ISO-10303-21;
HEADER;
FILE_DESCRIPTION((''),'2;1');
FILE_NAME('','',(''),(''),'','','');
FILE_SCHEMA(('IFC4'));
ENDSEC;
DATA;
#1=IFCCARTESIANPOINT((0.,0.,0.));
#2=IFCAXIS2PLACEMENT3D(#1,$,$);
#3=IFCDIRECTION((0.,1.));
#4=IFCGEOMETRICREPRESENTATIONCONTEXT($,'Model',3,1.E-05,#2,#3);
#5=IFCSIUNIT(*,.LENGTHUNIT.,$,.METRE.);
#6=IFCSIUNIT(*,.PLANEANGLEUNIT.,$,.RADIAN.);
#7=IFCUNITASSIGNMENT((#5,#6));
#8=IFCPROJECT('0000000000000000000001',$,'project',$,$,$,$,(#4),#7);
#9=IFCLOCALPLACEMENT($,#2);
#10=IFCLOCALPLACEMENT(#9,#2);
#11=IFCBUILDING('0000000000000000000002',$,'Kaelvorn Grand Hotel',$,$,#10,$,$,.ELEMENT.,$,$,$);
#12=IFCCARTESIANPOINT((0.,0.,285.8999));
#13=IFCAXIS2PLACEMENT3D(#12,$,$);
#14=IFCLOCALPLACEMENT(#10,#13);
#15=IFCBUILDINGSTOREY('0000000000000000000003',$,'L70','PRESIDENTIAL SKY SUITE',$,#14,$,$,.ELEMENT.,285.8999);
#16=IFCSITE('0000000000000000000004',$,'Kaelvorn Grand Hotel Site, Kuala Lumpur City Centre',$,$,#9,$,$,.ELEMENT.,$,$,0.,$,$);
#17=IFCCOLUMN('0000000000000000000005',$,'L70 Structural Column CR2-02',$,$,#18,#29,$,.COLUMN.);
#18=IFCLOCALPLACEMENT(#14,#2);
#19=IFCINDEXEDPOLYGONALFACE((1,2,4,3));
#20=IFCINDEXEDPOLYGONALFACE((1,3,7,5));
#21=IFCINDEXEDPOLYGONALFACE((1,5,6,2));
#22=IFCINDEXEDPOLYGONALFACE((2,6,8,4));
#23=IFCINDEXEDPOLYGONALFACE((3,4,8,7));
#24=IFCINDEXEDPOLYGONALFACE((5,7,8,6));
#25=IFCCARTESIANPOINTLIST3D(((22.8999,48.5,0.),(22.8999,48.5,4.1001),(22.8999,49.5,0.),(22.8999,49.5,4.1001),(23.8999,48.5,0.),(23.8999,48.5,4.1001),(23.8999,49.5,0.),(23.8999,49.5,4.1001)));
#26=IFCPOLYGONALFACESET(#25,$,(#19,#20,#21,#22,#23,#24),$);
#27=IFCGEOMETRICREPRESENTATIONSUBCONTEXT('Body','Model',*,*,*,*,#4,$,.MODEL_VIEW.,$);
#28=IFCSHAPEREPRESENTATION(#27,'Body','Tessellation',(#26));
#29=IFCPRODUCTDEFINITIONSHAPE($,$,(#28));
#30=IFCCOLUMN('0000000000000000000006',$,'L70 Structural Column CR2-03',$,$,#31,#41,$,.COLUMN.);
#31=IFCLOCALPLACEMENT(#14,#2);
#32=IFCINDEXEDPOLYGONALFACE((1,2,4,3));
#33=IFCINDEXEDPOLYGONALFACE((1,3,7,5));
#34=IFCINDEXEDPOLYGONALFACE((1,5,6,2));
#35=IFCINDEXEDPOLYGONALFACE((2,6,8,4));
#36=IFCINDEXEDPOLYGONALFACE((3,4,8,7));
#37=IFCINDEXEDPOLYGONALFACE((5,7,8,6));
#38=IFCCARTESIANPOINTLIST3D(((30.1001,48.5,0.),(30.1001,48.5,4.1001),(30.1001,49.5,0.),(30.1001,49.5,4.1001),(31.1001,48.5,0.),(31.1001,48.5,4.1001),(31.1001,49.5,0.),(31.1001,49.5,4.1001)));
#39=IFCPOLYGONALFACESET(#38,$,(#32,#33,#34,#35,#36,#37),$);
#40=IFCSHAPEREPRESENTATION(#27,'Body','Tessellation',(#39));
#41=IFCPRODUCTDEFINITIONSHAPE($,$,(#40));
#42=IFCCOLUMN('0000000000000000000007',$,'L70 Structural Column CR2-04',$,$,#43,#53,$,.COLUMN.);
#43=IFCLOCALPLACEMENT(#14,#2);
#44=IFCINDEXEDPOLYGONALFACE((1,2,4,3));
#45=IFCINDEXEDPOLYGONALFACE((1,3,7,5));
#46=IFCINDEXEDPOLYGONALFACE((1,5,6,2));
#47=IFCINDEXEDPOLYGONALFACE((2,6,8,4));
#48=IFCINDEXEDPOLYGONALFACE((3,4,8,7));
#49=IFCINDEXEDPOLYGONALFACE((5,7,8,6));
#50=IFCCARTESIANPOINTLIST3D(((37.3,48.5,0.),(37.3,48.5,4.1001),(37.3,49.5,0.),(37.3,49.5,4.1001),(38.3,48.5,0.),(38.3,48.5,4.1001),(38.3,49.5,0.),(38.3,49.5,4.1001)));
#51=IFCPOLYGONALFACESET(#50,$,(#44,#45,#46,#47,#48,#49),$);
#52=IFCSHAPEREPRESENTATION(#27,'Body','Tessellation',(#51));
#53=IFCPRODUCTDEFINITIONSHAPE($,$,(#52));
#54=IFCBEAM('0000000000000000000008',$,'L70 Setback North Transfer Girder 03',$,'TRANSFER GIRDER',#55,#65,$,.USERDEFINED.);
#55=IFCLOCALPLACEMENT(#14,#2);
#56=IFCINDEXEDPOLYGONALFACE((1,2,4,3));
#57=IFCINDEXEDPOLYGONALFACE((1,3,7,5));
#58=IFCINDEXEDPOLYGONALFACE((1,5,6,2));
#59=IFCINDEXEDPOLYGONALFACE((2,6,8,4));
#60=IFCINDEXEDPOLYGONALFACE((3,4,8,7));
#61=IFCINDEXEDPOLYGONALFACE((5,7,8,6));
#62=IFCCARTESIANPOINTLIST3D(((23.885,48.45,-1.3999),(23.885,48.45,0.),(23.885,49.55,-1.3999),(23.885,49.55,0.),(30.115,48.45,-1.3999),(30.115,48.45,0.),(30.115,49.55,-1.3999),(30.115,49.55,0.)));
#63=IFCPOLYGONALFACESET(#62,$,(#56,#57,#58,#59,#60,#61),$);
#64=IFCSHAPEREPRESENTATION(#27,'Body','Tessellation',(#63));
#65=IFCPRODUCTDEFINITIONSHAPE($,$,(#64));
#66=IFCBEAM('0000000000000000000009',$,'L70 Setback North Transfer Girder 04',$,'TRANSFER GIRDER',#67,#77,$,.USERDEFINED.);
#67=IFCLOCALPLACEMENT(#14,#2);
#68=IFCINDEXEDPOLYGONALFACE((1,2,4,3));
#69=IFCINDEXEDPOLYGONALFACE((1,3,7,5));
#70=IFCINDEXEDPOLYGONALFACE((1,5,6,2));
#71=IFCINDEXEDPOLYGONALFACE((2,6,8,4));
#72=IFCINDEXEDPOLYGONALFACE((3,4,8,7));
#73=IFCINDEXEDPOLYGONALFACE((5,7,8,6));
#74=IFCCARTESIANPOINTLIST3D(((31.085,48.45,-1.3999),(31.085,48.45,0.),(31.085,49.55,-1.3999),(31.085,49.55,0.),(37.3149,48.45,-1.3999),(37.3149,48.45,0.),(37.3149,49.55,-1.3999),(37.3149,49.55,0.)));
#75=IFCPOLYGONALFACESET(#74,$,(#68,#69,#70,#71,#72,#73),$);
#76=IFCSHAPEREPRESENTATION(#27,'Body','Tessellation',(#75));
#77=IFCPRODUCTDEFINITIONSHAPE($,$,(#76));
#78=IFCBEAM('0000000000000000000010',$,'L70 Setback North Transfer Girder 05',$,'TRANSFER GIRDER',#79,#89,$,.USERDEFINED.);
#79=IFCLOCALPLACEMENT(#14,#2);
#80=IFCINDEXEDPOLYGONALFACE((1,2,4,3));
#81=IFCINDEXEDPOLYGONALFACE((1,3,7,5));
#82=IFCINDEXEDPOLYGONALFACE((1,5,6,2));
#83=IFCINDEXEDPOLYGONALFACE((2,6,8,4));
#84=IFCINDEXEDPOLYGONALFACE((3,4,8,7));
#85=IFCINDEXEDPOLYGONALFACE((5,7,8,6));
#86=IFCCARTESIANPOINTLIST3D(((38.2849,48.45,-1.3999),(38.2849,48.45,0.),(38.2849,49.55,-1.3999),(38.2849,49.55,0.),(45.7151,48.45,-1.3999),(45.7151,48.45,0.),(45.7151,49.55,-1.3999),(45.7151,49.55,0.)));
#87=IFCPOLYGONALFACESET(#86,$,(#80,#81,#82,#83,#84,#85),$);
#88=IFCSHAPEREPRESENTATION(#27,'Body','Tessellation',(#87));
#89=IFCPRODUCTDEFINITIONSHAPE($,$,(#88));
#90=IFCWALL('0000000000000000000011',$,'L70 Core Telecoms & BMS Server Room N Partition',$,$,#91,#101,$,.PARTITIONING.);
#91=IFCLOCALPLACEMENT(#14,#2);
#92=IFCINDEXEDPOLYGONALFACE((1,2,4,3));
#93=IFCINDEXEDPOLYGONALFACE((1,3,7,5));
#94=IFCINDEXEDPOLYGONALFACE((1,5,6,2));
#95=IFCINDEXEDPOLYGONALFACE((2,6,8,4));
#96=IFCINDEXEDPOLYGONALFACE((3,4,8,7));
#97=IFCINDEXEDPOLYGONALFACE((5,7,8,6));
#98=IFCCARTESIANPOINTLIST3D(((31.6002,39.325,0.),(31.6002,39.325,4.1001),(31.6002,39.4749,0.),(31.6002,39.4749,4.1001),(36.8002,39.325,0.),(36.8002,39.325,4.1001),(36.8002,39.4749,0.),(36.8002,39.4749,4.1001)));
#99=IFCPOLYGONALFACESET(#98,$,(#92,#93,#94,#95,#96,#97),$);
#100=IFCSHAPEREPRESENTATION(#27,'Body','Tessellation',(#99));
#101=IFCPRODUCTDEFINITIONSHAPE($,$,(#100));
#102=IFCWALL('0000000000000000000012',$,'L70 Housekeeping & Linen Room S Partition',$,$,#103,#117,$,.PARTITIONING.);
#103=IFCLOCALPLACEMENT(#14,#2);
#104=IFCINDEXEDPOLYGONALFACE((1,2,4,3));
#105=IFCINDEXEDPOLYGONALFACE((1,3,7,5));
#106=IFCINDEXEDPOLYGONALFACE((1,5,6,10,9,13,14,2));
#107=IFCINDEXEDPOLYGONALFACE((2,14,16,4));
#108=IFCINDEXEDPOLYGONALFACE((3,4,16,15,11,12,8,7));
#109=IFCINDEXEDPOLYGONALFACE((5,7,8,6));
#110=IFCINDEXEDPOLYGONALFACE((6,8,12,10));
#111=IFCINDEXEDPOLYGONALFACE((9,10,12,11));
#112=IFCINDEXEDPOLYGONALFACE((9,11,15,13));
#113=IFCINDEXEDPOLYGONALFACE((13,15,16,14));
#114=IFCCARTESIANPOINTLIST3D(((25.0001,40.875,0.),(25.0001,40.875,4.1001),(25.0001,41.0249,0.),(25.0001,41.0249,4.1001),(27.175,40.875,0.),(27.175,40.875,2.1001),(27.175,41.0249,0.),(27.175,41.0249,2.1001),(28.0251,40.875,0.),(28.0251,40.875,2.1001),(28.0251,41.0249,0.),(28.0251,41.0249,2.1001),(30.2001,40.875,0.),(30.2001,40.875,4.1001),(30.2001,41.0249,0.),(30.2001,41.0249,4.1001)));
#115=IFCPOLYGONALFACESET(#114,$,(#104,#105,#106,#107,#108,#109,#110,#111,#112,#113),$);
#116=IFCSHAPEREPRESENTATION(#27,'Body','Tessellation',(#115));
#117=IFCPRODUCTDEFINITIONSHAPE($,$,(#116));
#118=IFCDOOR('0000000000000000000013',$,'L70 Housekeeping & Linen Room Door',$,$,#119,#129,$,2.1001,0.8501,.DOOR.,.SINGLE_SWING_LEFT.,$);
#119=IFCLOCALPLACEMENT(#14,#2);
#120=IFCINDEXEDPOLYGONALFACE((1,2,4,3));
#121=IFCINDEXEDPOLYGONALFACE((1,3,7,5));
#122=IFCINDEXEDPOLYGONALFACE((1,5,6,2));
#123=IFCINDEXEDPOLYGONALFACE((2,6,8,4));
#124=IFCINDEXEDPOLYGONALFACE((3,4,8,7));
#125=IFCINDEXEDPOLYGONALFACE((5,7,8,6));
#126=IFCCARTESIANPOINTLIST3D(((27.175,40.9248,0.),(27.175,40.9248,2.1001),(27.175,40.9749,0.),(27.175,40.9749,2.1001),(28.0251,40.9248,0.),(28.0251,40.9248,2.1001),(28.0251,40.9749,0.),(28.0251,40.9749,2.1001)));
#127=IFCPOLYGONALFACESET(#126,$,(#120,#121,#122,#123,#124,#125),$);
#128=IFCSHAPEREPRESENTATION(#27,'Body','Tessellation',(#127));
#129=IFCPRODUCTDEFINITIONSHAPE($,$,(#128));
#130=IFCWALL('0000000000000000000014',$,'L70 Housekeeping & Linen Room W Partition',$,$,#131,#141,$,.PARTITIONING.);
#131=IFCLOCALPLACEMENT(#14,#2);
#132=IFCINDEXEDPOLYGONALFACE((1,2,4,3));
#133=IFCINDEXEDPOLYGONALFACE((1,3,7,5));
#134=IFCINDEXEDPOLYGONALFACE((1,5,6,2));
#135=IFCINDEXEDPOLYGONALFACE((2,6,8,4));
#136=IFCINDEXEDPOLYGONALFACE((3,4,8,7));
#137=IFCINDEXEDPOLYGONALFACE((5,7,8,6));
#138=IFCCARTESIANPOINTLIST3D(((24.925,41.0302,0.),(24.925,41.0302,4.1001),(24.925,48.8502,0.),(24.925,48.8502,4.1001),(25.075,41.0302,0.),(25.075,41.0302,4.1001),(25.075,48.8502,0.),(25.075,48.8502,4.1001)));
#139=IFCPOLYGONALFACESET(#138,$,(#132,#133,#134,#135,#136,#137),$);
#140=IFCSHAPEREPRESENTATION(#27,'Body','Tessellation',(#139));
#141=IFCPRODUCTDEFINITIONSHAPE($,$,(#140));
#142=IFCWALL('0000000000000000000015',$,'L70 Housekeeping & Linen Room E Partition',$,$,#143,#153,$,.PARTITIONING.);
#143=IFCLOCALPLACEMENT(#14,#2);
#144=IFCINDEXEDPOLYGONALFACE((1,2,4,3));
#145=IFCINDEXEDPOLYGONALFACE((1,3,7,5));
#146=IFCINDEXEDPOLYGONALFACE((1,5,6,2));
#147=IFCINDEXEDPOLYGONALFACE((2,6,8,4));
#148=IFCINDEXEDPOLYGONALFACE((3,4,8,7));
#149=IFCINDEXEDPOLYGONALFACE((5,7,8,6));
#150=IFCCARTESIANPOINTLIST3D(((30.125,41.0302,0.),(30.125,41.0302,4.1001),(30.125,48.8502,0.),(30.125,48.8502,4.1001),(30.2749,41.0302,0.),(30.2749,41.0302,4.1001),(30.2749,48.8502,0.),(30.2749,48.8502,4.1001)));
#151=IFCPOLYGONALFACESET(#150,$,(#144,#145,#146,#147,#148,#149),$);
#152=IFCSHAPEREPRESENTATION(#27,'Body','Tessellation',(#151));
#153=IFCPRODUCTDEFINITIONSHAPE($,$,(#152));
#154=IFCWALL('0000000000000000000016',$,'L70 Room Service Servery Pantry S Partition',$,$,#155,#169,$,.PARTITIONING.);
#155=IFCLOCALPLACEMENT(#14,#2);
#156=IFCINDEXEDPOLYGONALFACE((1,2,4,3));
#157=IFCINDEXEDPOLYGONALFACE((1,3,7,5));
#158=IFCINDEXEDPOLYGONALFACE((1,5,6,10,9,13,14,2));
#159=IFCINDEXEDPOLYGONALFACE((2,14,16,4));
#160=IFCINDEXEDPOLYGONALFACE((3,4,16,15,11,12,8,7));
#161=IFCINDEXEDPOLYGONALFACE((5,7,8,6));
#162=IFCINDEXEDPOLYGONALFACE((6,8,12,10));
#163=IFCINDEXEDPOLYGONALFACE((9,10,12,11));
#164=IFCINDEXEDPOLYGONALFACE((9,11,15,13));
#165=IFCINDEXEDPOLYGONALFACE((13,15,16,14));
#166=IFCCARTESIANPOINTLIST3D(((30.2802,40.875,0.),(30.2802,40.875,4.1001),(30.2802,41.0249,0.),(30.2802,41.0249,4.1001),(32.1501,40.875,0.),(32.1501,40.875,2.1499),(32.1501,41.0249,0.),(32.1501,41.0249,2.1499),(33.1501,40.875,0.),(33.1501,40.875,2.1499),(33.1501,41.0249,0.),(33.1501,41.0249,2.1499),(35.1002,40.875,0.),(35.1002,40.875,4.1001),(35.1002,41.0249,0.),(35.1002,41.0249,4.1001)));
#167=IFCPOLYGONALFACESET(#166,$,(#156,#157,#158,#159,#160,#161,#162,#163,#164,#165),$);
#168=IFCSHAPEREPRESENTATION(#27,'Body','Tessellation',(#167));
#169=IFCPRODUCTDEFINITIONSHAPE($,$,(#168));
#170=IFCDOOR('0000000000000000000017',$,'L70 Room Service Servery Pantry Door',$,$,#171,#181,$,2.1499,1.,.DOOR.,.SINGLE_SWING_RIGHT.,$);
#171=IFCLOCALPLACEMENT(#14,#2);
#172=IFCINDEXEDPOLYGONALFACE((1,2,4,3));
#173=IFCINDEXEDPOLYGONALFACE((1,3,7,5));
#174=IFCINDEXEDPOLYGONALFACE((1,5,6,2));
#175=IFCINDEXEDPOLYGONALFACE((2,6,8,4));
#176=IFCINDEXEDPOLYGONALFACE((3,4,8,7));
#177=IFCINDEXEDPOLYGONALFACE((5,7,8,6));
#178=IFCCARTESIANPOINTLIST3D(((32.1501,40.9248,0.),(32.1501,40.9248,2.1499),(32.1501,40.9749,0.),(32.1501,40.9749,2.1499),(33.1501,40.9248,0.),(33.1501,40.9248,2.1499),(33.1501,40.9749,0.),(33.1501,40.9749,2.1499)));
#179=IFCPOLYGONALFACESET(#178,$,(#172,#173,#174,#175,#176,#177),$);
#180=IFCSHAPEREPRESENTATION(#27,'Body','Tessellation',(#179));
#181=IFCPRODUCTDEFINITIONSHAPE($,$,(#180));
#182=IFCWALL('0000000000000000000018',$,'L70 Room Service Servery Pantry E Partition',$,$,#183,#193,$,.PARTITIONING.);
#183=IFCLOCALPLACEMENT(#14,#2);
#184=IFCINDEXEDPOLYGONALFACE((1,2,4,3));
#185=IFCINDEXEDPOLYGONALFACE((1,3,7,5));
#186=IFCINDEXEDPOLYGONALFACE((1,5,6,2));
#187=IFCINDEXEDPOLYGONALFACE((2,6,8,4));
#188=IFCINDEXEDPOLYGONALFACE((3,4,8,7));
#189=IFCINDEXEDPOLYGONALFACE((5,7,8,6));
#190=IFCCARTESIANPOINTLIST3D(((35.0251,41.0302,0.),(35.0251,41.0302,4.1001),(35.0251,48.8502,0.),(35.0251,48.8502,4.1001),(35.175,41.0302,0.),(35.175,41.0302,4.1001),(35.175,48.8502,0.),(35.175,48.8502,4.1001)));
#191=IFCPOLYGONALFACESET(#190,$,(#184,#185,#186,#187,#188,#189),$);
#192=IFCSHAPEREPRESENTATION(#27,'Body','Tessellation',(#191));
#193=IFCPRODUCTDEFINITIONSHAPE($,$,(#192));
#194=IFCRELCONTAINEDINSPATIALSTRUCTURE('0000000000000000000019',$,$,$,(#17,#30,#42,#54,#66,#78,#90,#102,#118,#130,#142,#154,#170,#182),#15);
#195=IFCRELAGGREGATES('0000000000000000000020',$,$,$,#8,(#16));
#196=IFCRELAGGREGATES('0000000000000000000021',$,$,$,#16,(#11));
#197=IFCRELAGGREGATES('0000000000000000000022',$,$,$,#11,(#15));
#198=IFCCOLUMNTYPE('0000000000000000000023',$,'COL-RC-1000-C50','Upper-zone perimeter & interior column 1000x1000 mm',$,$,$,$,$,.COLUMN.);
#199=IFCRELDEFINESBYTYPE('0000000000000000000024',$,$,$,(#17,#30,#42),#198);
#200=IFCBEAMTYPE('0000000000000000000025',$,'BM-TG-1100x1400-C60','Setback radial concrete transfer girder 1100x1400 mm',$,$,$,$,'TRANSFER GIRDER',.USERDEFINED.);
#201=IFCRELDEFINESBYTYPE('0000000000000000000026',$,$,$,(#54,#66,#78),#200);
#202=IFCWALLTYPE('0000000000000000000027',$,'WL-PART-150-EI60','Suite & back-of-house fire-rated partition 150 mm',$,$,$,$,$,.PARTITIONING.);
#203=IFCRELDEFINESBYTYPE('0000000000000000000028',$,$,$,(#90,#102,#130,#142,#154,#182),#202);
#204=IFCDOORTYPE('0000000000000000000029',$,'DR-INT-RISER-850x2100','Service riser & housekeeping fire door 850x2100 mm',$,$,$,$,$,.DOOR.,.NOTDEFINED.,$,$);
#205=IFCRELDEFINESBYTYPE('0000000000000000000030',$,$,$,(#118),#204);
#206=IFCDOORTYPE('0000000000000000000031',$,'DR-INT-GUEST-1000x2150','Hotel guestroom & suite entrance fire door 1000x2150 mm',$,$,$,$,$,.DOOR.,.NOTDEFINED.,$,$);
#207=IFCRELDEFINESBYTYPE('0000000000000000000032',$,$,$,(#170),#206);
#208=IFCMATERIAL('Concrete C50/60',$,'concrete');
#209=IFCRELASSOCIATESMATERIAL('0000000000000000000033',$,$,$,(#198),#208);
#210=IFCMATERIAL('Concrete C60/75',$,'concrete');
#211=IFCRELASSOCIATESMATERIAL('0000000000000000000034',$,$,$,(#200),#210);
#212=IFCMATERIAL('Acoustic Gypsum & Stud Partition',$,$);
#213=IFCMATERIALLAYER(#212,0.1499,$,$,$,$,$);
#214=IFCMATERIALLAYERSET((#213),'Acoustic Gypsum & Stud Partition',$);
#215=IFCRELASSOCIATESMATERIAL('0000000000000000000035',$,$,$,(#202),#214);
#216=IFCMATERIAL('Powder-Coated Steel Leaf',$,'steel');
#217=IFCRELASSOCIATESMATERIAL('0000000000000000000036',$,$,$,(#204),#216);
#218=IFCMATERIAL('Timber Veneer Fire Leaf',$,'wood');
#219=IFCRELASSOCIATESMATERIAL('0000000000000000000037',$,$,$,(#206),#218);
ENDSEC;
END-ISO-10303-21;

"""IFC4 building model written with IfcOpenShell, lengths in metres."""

from ifc_helpers import new_model, si_unit, direction, frame, frame_2d, origin, origin_2d, place, context, subcontext, project, spatial, rectangle, extrude, material, layer, layer_set, material_profile, profile_set, type_object, element, fill, save


model = new_model("IFC4")

# Units and contexts
model_context = context("Model", 3, precision=1e-05, world=origin(), true_north=direction((0.0, 1.0)))
body_context = subcontext(model_context, "Body", "Model", "MODEL_VIEW")
ifc_project = project(units=[si_unit("LENGTHUNIT", "METRE"), si_unit("PLANEANGLEUNIT", "RADIAN")], contexts=[model_context])

# Site, building, storey
site_placement = place(None, origin())
site = spatial("IfcSite", under=ifc_project, at=site_placement, Name="Kaelvorn Grand Hotel Site, Kuala Lumpur City Centre", CompositionType="ELEMENT", RefElevation=0.0)
building_placement = place(site_placement, origin())
building = spatial("IfcBuilding", under=site, at=building_placement, Name="Kaelvorn Grand Hotel", CompositionType="ELEMENT")
storey_placement = place(building_placement, frame((0.0, 0.0, 285.8999)))
storey = spatial("IfcBuildingStorey", under=building, at=storey_placement, Name="L70", Description="PRESIDENTIAL SKY SUITE", CompositionType="ELEMENT", Elevation=285.8999)

# Columns
ifc_material_1 = material(Name="Concrete C50/60", Category="concrete")
ifc_material_profile_1 = material_profile(ifc_material_1, rectangle(XDim=1.0, YDim=1.0, at=origin_2d()), Name="RC COL 1000x1000")
ifc_profile_set_1 = profile_set([ifc_material_profile_1], Name="Concrete C50/60")
column_type = type_object("IfcColumnType", Name="COL-RC-1000-C50", Description="Upper-zone perimeter & interior column 1000x1000 mm", PredefinedType="COLUMN", material=ifc_profile_set_1)
for number, where, z_axis, x_axis, name in (
    (1, (23.3999, 49.0, 0.0), (0.0, 0.0, 1.0), (1.0, 0.0, 0.0), "L70 Structural Column CR2-02"),
    (2, (30.6001, 49.0, 0.0), (0.0, 0.0, 1.0), (1.0, 0.0, 0.0), "L70 Structural Column CR2-03"),
    (3, (37.8, 49.0, 0.0), (0.0, 0.0, 1.0), (1.0, 0.0, 0.0), "L70 Structural Column CR2-04"),
):
    element("IfcColumn", number, at=place(storey_placement, frame(where, z_axis=z_axis, x_axis=x_axis)), inside=storey, type_object=column_type, Name=name, PredefinedType="COLUMN", context=body_context, shape_type="SweptSolid", body=[
        extrude(rectangle(XDim=1.0, YDim=1.0, at=origin_2d()), origin(), (0.0, 0.0, 1.0), 4.1001),
    ])

# Beams
ifc_material_2 = material(Name="Concrete C60/75", Category="concrete")
ifc_material_profile_2 = material_profile(ifc_material_2, rectangle(XDim=1.1001, YDim=1.3999, at=origin_2d()), Name="RC TG 1100x1400")
ifc_profile_set_2 = profile_set([ifc_material_profile_2], Name="Concrete C60/75")
beam_type = type_object("IfcBeamType", Name="BM-TG-1100x1400-C60", Description="Setback radial concrete transfer girder 1100x1400 mm", ElementType="TRANSFER GIRDER", PredefinedType="USERDEFINED", material=ifc_profile_set_2)
for number, where, z_axis, x_axis, name in (
    (4, (23.885, 49.0, -0.7), (1.0, 0.0, 0.0), (0.0, 1.0, 0.0), "L70 Setback North Transfer Girder 03"),
    (5, (31.085, 49.0, -0.7), (1.0, 0.0, 0.0), (0.0, 1.0, 0.0), "L70 Setback North Transfer Girder 04"),
):
    element("IfcBeam", number, at=place(storey_placement, frame(where, z_axis=z_axis, x_axis=x_axis)), inside=storey, type_object=beam_type, Name=name, ObjectType="TRANSFER GIRDER", PredefinedType="USERDEFINED", context=body_context, shape_type="SweptSolid", body=[
        extrude(rectangle(XDim=1.1001, YDim=1.3999, at=origin_2d()), origin(), (0.0, 0.0, 1.0), 6.23),
    ])
beam_placement = place(storey_placement, frame((38.2849, 49.0, -0.7), z_axis=(1.0, 0.0, 0.0), x_axis=(0.0, 1.0, 0.0)))
element("IfcBeam", 6, at=beam_placement, inside=storey, type_object=beam_type, Name="L70 Setback North Transfer Girder 05", ObjectType="TRANSFER GIRDER", PredefinedType="USERDEFINED", context=body_context, shape_type="SweptSolid", body=[
    extrude(rectangle(XDim=1.1001, YDim=1.3999, at=origin_2d()), origin(), (0.0, 0.0, 1.0), 7.4302),
])

# Wall
ifc_material_3 = material(Name="Acoustic Gypsum & Stud Partition")
ifc_layer_1 = layer(ifc_material_3, 0.1499)
ifc_layer_set_1 = layer_set([ifc_layer_1], Name="Acoustic Gypsum & Stud Partition")
wall_type_1 = type_object("IfcWallType", Name="WL-PART-150-EI60", Description="Suite & back-of-house fire-rated partition 150 mm", PredefinedType="PARTITIONING", material=ifc_layer_set_1)
wall_1_placement = place(storey_placement, frame((31.6001, 39.3999, 0.0), z_axis=(0.0, 0.0, 1.0), x_axis=(1.0, 0.0, 0.0)))
element("IfcWall", 7, at=wall_1_placement, inside=storey, type_object=wall_type_1, Name="L70 Core Telecoms & BMS Server Room N Partition", PredefinedType="PARTITIONING", context=body_context, shape_type="SweptSolid", body=[
    extrude(rectangle(XDim=5.2, YDim=0.1499, at=frame_2d((2.6001, 0.0))), origin(), (0.0, 0.0, 1.0), 4.1001),
])

# Wall, opening, door
wall_2_placement = place(storey_placement, frame((25.0, 40.95, 0.0), z_axis=(0.0, 0.0, 1.0), x_axis=(1.0, 0.0, 0.0)))
wall_2 = element("IfcWall", 8, at=wall_2_placement, inside=storey, type_object=wall_type_1, Name="L70 Housekeeping & Linen Room S Partition", PredefinedType="PARTITIONING", context=body_context, shape_type="SweptSolid", body=[
    extrude(rectangle(XDim=5.2, YDim=0.1499, at=frame_2d((2.6001, 0.0))), origin(), (0.0, 0.0, 1.0), 4.1001),
])
opening_1_placement = place(wall_2_placement, frame((2.175, 0.0, 0.0)))
opening_1 = element("IfcOpeningElement", 9, at=opening_1_placement, cuts=wall_2, PredefinedType="OPENING", context=body_context, shape_type="SweptSolid", body=[
    extrude(rectangle(XDim=0.8501, YDim=2.1001, at=frame_2d((0.425, 1.05))), frame((0.0, 0.085, 0.0), z_axis=(0.0, -1.0, 0.0), x_axis=(1.0, 0.0, 0.0)), (0.0, 0.0, 1.0), 0.1699),
])
ifc_material_4 = material(Name="Powder-Coated Steel Leaf", Category="steel")
door_type_1 = type_object("IfcDoorType", Name="DR-INT-RISER-850x2100", Description="Service riser & housekeeping fire door 850x2100 mm", OperationType="NOTDEFINED", PredefinedType="DOOR", material=ifc_material_4)
door_1_placement = place(opening_1_placement, origin())
door_1 = element("IfcDoor", 10, at=door_1_placement, inside=storey, type_object=door_type_1, Name="L70 Housekeeping & Linen Room Door", OperationType="SINGLE_SWING_LEFT", OverallHeight=2.1001, OverallWidth=0.8501, PredefinedType="DOOR", context=body_context, shape_type="SweptSolid", body=[
    extrude(rectangle(XDim=0.8501, YDim=2.1001, at=frame_2d((0.425, 1.05))), frame((0.0, 0.0249, 0.0), z_axis=(0.0, -1.0, 0.0), x_axis=(1.0, 0.0, 0.0)), (0.0, 0.0, 1.0), 0.05),
])
fill(opening_1, door_1)

# Walls
for number, where, z_axis, x_axis, name in (
    (11, (25.0, 41.03, 0.0), (0.0, 0.0, 1.0), (0.0, 1.0, 0.0), "L70 Housekeeping & Linen Room W Partition"),
    (12, (30.2, 41.03, 0.0), (0.0, 0.0, 1.0), (0.0, 1.0, 0.0), "L70 Housekeeping & Linen Room E Partition"),
):
    element("IfcWall", number, at=place(storey_placement, frame(where, z_axis=z_axis, x_axis=x_axis)), inside=storey, type_object=wall_type_1, Name=name, PredefinedType="PARTITIONING", context=body_context, shape_type="SweptSolid", body=[
        extrude(rectangle(XDim=7.8201, YDim=0.1499, at=frame_2d((3.9102, 0.0))), origin(), (0.0, 0.0, 1.0), 4.1001),
    ])

# Wall, opening, door
wall_3_placement = place(storey_placement, frame((30.28, 40.95, 0.0), z_axis=(0.0, 0.0, 1.0), x_axis=(1.0, 0.0, 0.0)))
wall_3 = element("IfcWall", 13, at=wall_3_placement, inside=storey, type_object=wall_type_1, Name="L70 Room Service Servery Pantry S Partition", PredefinedType="PARTITIONING", context=body_context, shape_type="SweptSolid", body=[
    extrude(rectangle(XDim=4.8201, YDim=0.1499, at=frame_2d((2.4102, 0.0))), origin(), (0.0, 0.0, 1.0), 4.1001),
])
opening_2_placement = place(wall_3_placement, frame((1.8701, 0.0, 0.0)))
opening_2 = element("IfcOpeningElement", 14, at=opening_2_placement, cuts=wall_3, PredefinedType="OPENING", context=body_context, shape_type="SweptSolid", body=[
    extrude(rectangle(XDim=1.0, YDim=2.1499, at=frame_2d((0.5, 1.075))), frame((0.0, 0.085, 0.0), z_axis=(0.0, -1.0, 0.0), x_axis=(1.0, 0.0, 0.0)), (0.0, 0.0, 1.0), 0.1699),
])
ifc_material_5 = material(Name="Timber Veneer Fire Leaf", Category="wood")
door_type_2 = type_object("IfcDoorType", Name="DR-INT-GUEST-1000x2150", Description="Hotel guestroom & suite entrance fire door 1000x2150 mm", OperationType="NOTDEFINED", PredefinedType="DOOR", material=ifc_material_5)
door_2_placement = place(opening_2_placement, origin())
door_2 = element("IfcDoor", 15, at=door_2_placement, inside=storey, type_object=door_type_2, Name="L70 Room Service Servery Pantry Door", OperationType="SINGLE_SWING_RIGHT", OverallHeight=2.1499, OverallWidth=1.0, PredefinedType="DOOR", context=body_context, shape_type="SweptSolid", body=[
    extrude(rectangle(XDim=1.0, YDim=2.1499, at=frame_2d((0.5, 1.075))), frame((0.0, 0.0249, 0.0), z_axis=(0.0, -1.0, 0.0), x_axis=(1.0, 0.0, 0.0)), (0.0, 0.0, 1.0), 0.05),
])
fill(opening_2, door_2)

# Wall
wall_4_placement = place(storey_placement, frame((35.1001, 41.03, 0.0), z_axis=(0.0, 0.0, 1.0), x_axis=(0.0, 1.0, 0.0)))
element("IfcWall", 16, at=wall_4_placement, inside=storey, type_object=wall_type_1, Name="L70 Room Service Servery Pantry E Partition", PredefinedType="PARTITIONING", context=body_context, shape_type="SweptSolid", body=[
    extrude(rectangle(XDim=7.8201, YDim=0.1499, at=frame_2d((3.9102, 0.0))), origin(), (0.0, 0.0, 1.0), 4.1001),
])

save(model, "model.ifc")
